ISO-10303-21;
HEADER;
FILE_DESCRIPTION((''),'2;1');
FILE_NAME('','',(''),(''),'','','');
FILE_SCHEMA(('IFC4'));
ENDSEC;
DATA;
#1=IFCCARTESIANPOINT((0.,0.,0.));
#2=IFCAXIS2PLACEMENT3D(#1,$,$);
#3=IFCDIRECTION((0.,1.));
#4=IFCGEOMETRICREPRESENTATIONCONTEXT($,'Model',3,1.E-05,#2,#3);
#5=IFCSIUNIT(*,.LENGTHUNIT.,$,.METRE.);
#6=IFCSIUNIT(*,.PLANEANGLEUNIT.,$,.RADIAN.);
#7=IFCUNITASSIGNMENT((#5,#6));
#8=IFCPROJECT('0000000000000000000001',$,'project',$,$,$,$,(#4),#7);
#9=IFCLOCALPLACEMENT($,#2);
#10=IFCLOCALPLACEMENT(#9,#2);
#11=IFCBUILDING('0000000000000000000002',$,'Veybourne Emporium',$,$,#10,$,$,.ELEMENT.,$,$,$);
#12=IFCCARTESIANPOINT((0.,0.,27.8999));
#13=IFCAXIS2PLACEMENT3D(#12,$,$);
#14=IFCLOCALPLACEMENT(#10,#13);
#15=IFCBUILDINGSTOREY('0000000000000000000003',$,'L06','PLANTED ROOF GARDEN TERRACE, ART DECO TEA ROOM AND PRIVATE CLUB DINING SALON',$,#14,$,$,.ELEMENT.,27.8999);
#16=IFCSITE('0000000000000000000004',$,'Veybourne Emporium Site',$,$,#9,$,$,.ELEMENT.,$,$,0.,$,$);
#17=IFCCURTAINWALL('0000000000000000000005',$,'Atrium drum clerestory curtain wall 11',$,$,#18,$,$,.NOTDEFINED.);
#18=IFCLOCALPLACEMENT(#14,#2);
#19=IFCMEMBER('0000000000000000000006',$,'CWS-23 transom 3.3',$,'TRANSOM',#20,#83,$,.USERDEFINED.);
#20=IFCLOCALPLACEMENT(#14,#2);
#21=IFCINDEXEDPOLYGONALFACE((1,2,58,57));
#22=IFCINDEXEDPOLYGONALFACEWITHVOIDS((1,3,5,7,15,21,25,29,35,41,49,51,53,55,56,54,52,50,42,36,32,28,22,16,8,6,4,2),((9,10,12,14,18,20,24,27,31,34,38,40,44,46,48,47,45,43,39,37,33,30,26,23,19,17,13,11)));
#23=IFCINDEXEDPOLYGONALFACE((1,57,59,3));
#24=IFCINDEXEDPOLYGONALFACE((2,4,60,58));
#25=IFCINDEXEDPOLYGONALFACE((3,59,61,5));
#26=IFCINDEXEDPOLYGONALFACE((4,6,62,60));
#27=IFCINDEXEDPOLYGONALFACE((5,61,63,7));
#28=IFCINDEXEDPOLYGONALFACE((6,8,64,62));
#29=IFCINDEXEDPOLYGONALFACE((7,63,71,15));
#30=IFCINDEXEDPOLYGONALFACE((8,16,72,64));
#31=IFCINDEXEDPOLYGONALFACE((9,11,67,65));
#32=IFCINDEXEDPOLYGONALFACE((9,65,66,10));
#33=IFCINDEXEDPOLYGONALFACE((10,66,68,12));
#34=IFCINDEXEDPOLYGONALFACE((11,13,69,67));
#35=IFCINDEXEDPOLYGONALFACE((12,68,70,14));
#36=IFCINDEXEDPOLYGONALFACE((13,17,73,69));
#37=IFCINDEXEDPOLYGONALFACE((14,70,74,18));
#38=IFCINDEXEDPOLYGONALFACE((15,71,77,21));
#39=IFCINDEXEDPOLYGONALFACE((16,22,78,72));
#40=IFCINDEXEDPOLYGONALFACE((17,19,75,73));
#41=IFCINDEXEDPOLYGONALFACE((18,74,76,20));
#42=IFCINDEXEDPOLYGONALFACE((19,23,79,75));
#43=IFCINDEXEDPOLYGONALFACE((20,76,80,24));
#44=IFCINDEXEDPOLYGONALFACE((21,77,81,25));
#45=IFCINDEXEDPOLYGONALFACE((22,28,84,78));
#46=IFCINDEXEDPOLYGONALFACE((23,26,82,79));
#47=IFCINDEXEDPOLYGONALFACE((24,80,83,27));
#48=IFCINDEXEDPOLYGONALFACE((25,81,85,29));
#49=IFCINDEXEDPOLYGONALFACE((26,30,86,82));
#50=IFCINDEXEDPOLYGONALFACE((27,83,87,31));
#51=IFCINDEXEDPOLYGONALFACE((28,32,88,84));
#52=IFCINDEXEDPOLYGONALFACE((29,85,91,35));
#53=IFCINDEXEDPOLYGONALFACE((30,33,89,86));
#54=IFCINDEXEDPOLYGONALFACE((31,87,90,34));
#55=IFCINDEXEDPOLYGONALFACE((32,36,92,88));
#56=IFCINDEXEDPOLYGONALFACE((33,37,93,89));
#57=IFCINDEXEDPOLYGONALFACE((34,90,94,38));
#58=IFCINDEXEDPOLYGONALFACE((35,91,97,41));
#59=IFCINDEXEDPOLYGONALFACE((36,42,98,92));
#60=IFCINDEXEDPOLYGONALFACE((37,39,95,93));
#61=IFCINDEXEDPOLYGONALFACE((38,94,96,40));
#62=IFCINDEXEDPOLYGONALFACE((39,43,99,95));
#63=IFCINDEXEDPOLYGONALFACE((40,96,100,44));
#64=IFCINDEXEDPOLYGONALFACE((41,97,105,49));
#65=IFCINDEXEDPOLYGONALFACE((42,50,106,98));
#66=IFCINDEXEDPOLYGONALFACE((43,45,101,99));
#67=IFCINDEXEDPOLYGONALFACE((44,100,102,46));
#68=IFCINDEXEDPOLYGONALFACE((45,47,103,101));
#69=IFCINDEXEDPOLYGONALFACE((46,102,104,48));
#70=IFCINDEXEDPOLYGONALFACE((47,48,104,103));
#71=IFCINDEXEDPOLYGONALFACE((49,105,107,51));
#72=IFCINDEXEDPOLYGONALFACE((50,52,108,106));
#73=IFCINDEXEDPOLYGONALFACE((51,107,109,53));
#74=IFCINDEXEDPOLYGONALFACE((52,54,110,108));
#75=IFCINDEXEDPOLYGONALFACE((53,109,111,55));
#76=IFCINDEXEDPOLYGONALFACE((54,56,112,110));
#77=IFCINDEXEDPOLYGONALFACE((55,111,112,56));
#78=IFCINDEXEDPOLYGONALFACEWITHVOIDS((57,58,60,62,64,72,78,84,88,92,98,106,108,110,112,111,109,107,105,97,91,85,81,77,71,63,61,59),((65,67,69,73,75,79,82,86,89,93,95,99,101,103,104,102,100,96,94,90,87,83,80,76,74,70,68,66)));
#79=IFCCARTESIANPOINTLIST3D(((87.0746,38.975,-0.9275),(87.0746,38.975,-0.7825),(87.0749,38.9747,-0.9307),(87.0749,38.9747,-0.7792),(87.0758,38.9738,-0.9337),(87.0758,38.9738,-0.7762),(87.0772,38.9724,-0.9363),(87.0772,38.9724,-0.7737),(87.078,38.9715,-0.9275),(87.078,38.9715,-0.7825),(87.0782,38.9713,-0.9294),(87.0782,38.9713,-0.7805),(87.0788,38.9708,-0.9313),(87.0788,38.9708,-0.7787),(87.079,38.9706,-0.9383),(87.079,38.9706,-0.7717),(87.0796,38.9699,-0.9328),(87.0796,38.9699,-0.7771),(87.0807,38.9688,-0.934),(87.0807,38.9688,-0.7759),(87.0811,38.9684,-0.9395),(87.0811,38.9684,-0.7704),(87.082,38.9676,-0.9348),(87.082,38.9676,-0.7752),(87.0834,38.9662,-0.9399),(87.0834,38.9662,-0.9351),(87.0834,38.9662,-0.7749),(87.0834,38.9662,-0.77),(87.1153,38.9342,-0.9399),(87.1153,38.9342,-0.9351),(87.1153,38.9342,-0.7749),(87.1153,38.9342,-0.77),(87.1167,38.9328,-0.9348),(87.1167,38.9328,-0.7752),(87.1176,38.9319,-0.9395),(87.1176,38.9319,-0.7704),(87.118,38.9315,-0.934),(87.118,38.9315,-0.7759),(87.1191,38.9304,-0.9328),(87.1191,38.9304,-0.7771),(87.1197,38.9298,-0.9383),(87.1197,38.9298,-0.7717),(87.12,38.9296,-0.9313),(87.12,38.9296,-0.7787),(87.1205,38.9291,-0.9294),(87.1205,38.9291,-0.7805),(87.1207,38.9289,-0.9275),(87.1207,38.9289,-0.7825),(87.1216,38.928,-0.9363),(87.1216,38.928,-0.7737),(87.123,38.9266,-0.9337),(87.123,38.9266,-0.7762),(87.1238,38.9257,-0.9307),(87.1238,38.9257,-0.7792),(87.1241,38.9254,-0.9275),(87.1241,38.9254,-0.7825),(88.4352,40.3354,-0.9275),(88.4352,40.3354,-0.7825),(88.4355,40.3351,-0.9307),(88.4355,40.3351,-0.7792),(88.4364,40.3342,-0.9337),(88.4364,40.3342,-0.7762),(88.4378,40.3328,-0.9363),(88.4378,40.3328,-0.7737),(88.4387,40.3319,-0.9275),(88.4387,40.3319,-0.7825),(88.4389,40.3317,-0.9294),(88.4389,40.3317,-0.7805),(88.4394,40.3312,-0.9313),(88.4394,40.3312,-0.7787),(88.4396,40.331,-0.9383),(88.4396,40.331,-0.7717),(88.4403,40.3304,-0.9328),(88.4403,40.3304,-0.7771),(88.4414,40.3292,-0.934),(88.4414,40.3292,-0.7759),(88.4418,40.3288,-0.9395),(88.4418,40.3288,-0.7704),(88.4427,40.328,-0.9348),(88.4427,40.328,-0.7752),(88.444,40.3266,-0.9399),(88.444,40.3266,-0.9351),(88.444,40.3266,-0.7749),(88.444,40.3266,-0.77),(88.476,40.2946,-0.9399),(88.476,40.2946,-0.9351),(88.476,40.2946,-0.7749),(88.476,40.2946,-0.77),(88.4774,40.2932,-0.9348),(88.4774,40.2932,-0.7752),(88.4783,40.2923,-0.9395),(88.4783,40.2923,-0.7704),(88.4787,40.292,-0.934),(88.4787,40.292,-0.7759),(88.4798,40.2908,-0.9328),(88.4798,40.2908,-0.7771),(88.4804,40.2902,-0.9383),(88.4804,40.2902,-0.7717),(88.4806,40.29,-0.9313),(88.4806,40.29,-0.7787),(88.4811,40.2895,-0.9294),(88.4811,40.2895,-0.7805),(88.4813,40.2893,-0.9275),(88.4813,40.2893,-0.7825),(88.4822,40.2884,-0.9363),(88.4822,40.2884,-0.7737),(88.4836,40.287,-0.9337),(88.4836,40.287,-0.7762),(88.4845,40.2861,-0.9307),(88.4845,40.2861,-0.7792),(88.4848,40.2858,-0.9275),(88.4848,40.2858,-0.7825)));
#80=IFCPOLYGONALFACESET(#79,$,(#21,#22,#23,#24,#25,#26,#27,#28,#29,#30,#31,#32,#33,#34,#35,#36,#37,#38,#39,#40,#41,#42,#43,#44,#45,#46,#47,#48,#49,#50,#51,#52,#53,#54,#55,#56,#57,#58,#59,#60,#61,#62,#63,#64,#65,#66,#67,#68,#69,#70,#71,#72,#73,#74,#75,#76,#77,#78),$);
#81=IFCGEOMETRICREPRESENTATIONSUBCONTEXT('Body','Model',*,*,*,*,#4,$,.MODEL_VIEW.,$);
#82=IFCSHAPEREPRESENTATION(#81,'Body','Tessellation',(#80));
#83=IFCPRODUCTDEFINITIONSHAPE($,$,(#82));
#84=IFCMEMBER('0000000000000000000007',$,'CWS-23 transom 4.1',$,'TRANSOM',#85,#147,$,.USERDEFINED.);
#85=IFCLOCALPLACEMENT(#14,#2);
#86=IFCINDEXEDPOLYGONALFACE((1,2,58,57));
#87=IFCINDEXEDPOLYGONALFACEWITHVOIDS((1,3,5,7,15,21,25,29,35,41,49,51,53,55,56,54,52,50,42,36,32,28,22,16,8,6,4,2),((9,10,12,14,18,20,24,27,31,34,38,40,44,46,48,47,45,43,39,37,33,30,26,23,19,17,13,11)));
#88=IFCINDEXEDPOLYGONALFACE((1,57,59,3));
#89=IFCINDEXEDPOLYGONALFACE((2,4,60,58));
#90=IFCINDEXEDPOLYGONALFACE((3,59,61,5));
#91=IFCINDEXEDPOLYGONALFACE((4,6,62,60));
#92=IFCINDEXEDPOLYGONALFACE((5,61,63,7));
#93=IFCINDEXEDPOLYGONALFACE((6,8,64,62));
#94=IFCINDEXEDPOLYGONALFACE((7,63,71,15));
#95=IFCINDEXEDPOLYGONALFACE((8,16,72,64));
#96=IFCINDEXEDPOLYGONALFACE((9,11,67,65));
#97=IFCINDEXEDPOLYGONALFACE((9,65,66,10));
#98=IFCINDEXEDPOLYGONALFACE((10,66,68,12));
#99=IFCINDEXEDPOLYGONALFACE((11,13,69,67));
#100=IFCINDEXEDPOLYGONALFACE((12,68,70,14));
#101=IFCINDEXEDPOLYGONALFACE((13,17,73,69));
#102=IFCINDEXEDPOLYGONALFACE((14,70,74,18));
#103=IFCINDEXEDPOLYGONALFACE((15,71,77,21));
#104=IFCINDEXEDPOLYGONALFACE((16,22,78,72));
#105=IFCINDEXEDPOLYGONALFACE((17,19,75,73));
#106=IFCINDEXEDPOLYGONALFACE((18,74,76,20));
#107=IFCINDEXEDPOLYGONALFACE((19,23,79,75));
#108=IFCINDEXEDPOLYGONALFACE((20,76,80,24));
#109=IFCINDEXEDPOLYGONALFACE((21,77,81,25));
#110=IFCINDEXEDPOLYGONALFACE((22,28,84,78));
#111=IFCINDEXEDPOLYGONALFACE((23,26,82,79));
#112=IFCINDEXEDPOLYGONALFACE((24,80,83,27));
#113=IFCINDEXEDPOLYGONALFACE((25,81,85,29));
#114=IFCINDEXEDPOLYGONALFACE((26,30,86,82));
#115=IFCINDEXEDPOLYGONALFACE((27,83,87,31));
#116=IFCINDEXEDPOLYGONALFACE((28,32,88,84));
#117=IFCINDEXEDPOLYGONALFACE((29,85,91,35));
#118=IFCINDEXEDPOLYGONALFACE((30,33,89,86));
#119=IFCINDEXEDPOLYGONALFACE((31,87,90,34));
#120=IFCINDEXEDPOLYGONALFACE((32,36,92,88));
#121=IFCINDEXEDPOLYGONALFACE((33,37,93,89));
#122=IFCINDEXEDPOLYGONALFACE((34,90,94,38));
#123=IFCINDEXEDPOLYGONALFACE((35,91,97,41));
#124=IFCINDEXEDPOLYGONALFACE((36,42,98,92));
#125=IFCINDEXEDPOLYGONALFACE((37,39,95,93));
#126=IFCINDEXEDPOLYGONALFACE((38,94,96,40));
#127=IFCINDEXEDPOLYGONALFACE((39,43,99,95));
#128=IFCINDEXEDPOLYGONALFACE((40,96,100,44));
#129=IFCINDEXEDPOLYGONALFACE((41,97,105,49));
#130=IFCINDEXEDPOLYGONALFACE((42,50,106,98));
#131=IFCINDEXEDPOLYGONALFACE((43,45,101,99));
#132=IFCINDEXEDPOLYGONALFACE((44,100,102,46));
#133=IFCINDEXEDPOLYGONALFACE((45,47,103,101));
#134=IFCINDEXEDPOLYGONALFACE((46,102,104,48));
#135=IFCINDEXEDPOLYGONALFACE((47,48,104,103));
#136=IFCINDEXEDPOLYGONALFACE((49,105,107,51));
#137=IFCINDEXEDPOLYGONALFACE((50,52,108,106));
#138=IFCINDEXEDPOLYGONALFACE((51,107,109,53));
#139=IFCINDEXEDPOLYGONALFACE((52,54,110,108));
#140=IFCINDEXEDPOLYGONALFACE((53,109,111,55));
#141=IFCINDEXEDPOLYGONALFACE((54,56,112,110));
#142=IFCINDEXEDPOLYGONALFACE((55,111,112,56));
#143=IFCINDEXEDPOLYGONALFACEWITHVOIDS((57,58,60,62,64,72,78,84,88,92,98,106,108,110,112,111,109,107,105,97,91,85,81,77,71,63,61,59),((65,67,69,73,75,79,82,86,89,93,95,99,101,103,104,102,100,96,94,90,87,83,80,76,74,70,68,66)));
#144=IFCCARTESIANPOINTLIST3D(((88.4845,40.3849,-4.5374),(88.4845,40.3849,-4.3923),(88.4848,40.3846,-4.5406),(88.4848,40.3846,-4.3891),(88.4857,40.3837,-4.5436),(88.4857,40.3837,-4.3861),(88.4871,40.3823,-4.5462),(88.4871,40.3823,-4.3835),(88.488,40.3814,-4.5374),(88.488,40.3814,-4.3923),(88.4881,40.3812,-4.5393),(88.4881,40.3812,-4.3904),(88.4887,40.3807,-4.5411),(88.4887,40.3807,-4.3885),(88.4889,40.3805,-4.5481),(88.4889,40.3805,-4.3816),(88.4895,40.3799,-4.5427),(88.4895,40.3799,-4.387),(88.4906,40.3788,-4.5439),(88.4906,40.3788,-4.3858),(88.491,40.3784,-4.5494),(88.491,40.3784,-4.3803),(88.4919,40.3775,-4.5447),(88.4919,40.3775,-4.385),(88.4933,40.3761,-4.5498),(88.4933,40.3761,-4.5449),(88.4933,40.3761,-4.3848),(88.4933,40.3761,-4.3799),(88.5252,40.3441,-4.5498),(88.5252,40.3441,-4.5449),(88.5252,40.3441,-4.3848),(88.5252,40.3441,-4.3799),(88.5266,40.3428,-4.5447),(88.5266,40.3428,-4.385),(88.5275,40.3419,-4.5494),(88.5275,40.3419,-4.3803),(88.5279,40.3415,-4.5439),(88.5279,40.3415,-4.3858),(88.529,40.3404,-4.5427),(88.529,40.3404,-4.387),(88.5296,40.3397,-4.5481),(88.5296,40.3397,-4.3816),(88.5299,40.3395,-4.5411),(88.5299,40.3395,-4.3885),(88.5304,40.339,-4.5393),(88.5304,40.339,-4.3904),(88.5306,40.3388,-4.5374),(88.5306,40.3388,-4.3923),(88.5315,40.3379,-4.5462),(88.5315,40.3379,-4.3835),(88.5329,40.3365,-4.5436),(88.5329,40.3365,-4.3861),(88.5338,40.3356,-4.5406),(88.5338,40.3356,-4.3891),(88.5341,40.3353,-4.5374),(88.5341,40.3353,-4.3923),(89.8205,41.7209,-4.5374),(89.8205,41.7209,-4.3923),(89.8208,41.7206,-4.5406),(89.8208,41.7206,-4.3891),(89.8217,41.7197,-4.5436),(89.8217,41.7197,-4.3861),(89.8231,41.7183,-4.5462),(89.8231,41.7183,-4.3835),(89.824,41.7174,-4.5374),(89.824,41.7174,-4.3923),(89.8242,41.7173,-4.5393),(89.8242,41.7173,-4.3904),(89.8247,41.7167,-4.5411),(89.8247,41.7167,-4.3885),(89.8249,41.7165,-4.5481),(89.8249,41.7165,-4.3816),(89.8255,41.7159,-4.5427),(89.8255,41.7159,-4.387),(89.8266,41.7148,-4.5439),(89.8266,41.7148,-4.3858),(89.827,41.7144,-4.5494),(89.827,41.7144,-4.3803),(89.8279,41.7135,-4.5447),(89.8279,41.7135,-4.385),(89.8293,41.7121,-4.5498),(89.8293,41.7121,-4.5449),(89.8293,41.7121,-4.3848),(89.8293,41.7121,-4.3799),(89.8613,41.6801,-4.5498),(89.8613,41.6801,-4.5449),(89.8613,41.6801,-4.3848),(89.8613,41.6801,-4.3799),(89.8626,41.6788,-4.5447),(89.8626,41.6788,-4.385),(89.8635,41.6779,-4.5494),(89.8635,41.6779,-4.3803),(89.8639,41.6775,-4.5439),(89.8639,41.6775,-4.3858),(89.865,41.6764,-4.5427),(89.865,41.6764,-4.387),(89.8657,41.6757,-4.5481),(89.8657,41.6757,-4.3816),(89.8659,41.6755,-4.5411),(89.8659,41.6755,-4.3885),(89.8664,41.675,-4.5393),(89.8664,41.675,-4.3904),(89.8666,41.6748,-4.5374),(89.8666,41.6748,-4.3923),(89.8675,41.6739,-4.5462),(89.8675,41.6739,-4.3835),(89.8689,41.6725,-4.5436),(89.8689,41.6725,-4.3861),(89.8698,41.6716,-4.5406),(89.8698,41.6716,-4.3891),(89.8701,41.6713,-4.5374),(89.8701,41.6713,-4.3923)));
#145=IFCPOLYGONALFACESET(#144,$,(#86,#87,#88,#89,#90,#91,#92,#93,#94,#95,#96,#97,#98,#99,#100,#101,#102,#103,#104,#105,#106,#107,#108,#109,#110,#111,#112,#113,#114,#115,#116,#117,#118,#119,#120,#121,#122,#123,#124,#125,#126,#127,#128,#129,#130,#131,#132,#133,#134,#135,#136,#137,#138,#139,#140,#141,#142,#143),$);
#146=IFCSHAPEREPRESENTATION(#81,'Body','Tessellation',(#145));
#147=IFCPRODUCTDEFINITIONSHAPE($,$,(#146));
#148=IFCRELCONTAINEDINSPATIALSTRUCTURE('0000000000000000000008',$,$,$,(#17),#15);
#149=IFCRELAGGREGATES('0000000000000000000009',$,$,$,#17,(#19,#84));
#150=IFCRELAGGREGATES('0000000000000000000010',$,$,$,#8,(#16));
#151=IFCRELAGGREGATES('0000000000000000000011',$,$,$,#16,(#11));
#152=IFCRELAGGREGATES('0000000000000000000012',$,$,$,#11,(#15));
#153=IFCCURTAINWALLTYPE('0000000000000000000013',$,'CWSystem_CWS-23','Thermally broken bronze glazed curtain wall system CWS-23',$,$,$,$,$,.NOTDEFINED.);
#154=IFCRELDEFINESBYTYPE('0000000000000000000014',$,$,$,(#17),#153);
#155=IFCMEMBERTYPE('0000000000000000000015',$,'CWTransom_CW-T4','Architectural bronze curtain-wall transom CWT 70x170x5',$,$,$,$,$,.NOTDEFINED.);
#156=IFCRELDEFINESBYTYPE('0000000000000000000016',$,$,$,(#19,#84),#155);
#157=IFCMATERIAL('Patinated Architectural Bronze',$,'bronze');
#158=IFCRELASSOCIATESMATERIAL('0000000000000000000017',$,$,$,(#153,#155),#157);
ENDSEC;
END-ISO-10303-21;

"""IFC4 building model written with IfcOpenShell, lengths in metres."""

from ifc_helpers import new_model, si_unit, direction, frame, origin, origin_2d, place, context, subcontext, project, spatial, hollow_rectangle, extrude, material, material_profile, profile_set, type_object, element, aggregate, save


model = new_model("IFC4")

# Units and contexts
model_context = context("Model", 3, precision=1e-05, world=origin(), true_north=direction((0.0, 1.0)))
body_context = subcontext(model_context, "Body", "Model", "MODEL_VIEW")
ifc_project = project(units=[si_unit("LENGTHUNIT", "METRE"), si_unit("PLANEANGLEUNIT", "RADIAN")], contexts=[model_context])

# Site, building, storey
site_placement = place(None, origin())
site = spatial("IfcSite", under=ifc_project, at=site_placement, Name="Veybourne Emporium Site", CompositionType="ELEMENT", RefElevation=0.0)
building_placement = place(site_placement, origin())
building = spatial("IfcBuilding", under=site, at=building_placement, Name="Veybourne Emporium", CompositionType="ELEMENT")
storey_placement = place(building_placement, frame((0.0, 0.0, 27.8999)))
storey = spatial("IfcBuildingStorey", under=building, at=storey_placement, Name="L06", Description="PLANTED ROOF GARDEN TERRACE, ART DECO TEA ROOM AND PRIVATE CLUB DINING SALON", CompositionType="ELEMENT", Elevation=27.8999)

# Curtain wall, members
ifc_material_1 = material(Name="Patinated Architectural Bronze", Category="bronze")
curtain_wall_type = type_object("IfcCurtainWallType", Name="CWSystem_CWS-23", Description="Thermally broken bronze glazed curtain wall system CWS-23", PredefinedType="NOTDEFINED", material=ifc_material_1)
curtain_wall_placement = place(storey_placement, origin())
curtain_wall = element("IfcCurtainWall", 1, at=curtain_wall_placement, inside=storey, type_object=curtain_wall_type, Name="Atrium drum clerestory curtain wall 11", PredefinedType="NOTDEFINED")
ifc_material_profile_1 = material_profile(ifc_material_1, hollow_rectangle(XDim=0.0701, YDim=0.1699, WallThickness=0.0049, InnerFilletRadius=0.0076, OuterFilletRadius=0.0125, at=origin_2d()), Name="CWT 70x170x5")
ifc_profile_set_1 = profile_set([ifc_material_profile_1], Name="Patinated Architectural Bronze")
member_type_1 = type_object("IfcMemberType", Name="CWTransom_CW-T4", Description="Architectural bronze curtain-wall transom CWT 70x170x5", PredefinedType="NOTDEFINED", material=ifc_profile_set_1)
member_1_placement = place(storey_placement, frame((87.0994, 38.9502, -0.855), z_axis=(0.70717, 0.707043, 0.0), x_axis=(-0.707043, 0.70717, 0.0)))
member_1 = element("IfcMember", 2, at=member_1_placement, type_object=member_type_1, Name="CWS-23 transom 3.3", ObjectType="TRANSOM", PredefinedType="USERDEFINED", context=body_context, shape_type="SweptSolid", body=[
    extrude(hollow_rectangle(XDim=0.0701, YDim=0.1699, WallThickness=0.0049, InnerFilletRadius=0.0076, OuterFilletRadius=0.0125, at=origin_2d()), origin(), (0.0, 0.0, 1.0), 1.9241),
])
member_2_placement = place(storey_placement, frame((88.5093, 40.3601, -4.4648), z_axis=(0.707107, 0.707107, 0.0), x_axis=(-0.707107, 0.707107, 0.0)))
member_2 = element("IfcMember", 3, at=member_2_placement, type_object=member_type_1, Name="CWS-23 transom 4.1", ObjectType="TRANSOM", PredefinedType="USERDEFINED", context=body_context, shape_type="SweptSolid", body=[
    extrude(hollow_rectangle(XDim=0.0701, YDim=0.1699, WallThickness=0.0049, InnerFilletRadius=0.0076, OuterFilletRadius=0.0125, at=origin_2d()), origin(), (0.0, 0.0, 1.0), 1.8894),
])

aggregate(curtain_wall, [member_1, member_2])

save(model, "model.ifc")
